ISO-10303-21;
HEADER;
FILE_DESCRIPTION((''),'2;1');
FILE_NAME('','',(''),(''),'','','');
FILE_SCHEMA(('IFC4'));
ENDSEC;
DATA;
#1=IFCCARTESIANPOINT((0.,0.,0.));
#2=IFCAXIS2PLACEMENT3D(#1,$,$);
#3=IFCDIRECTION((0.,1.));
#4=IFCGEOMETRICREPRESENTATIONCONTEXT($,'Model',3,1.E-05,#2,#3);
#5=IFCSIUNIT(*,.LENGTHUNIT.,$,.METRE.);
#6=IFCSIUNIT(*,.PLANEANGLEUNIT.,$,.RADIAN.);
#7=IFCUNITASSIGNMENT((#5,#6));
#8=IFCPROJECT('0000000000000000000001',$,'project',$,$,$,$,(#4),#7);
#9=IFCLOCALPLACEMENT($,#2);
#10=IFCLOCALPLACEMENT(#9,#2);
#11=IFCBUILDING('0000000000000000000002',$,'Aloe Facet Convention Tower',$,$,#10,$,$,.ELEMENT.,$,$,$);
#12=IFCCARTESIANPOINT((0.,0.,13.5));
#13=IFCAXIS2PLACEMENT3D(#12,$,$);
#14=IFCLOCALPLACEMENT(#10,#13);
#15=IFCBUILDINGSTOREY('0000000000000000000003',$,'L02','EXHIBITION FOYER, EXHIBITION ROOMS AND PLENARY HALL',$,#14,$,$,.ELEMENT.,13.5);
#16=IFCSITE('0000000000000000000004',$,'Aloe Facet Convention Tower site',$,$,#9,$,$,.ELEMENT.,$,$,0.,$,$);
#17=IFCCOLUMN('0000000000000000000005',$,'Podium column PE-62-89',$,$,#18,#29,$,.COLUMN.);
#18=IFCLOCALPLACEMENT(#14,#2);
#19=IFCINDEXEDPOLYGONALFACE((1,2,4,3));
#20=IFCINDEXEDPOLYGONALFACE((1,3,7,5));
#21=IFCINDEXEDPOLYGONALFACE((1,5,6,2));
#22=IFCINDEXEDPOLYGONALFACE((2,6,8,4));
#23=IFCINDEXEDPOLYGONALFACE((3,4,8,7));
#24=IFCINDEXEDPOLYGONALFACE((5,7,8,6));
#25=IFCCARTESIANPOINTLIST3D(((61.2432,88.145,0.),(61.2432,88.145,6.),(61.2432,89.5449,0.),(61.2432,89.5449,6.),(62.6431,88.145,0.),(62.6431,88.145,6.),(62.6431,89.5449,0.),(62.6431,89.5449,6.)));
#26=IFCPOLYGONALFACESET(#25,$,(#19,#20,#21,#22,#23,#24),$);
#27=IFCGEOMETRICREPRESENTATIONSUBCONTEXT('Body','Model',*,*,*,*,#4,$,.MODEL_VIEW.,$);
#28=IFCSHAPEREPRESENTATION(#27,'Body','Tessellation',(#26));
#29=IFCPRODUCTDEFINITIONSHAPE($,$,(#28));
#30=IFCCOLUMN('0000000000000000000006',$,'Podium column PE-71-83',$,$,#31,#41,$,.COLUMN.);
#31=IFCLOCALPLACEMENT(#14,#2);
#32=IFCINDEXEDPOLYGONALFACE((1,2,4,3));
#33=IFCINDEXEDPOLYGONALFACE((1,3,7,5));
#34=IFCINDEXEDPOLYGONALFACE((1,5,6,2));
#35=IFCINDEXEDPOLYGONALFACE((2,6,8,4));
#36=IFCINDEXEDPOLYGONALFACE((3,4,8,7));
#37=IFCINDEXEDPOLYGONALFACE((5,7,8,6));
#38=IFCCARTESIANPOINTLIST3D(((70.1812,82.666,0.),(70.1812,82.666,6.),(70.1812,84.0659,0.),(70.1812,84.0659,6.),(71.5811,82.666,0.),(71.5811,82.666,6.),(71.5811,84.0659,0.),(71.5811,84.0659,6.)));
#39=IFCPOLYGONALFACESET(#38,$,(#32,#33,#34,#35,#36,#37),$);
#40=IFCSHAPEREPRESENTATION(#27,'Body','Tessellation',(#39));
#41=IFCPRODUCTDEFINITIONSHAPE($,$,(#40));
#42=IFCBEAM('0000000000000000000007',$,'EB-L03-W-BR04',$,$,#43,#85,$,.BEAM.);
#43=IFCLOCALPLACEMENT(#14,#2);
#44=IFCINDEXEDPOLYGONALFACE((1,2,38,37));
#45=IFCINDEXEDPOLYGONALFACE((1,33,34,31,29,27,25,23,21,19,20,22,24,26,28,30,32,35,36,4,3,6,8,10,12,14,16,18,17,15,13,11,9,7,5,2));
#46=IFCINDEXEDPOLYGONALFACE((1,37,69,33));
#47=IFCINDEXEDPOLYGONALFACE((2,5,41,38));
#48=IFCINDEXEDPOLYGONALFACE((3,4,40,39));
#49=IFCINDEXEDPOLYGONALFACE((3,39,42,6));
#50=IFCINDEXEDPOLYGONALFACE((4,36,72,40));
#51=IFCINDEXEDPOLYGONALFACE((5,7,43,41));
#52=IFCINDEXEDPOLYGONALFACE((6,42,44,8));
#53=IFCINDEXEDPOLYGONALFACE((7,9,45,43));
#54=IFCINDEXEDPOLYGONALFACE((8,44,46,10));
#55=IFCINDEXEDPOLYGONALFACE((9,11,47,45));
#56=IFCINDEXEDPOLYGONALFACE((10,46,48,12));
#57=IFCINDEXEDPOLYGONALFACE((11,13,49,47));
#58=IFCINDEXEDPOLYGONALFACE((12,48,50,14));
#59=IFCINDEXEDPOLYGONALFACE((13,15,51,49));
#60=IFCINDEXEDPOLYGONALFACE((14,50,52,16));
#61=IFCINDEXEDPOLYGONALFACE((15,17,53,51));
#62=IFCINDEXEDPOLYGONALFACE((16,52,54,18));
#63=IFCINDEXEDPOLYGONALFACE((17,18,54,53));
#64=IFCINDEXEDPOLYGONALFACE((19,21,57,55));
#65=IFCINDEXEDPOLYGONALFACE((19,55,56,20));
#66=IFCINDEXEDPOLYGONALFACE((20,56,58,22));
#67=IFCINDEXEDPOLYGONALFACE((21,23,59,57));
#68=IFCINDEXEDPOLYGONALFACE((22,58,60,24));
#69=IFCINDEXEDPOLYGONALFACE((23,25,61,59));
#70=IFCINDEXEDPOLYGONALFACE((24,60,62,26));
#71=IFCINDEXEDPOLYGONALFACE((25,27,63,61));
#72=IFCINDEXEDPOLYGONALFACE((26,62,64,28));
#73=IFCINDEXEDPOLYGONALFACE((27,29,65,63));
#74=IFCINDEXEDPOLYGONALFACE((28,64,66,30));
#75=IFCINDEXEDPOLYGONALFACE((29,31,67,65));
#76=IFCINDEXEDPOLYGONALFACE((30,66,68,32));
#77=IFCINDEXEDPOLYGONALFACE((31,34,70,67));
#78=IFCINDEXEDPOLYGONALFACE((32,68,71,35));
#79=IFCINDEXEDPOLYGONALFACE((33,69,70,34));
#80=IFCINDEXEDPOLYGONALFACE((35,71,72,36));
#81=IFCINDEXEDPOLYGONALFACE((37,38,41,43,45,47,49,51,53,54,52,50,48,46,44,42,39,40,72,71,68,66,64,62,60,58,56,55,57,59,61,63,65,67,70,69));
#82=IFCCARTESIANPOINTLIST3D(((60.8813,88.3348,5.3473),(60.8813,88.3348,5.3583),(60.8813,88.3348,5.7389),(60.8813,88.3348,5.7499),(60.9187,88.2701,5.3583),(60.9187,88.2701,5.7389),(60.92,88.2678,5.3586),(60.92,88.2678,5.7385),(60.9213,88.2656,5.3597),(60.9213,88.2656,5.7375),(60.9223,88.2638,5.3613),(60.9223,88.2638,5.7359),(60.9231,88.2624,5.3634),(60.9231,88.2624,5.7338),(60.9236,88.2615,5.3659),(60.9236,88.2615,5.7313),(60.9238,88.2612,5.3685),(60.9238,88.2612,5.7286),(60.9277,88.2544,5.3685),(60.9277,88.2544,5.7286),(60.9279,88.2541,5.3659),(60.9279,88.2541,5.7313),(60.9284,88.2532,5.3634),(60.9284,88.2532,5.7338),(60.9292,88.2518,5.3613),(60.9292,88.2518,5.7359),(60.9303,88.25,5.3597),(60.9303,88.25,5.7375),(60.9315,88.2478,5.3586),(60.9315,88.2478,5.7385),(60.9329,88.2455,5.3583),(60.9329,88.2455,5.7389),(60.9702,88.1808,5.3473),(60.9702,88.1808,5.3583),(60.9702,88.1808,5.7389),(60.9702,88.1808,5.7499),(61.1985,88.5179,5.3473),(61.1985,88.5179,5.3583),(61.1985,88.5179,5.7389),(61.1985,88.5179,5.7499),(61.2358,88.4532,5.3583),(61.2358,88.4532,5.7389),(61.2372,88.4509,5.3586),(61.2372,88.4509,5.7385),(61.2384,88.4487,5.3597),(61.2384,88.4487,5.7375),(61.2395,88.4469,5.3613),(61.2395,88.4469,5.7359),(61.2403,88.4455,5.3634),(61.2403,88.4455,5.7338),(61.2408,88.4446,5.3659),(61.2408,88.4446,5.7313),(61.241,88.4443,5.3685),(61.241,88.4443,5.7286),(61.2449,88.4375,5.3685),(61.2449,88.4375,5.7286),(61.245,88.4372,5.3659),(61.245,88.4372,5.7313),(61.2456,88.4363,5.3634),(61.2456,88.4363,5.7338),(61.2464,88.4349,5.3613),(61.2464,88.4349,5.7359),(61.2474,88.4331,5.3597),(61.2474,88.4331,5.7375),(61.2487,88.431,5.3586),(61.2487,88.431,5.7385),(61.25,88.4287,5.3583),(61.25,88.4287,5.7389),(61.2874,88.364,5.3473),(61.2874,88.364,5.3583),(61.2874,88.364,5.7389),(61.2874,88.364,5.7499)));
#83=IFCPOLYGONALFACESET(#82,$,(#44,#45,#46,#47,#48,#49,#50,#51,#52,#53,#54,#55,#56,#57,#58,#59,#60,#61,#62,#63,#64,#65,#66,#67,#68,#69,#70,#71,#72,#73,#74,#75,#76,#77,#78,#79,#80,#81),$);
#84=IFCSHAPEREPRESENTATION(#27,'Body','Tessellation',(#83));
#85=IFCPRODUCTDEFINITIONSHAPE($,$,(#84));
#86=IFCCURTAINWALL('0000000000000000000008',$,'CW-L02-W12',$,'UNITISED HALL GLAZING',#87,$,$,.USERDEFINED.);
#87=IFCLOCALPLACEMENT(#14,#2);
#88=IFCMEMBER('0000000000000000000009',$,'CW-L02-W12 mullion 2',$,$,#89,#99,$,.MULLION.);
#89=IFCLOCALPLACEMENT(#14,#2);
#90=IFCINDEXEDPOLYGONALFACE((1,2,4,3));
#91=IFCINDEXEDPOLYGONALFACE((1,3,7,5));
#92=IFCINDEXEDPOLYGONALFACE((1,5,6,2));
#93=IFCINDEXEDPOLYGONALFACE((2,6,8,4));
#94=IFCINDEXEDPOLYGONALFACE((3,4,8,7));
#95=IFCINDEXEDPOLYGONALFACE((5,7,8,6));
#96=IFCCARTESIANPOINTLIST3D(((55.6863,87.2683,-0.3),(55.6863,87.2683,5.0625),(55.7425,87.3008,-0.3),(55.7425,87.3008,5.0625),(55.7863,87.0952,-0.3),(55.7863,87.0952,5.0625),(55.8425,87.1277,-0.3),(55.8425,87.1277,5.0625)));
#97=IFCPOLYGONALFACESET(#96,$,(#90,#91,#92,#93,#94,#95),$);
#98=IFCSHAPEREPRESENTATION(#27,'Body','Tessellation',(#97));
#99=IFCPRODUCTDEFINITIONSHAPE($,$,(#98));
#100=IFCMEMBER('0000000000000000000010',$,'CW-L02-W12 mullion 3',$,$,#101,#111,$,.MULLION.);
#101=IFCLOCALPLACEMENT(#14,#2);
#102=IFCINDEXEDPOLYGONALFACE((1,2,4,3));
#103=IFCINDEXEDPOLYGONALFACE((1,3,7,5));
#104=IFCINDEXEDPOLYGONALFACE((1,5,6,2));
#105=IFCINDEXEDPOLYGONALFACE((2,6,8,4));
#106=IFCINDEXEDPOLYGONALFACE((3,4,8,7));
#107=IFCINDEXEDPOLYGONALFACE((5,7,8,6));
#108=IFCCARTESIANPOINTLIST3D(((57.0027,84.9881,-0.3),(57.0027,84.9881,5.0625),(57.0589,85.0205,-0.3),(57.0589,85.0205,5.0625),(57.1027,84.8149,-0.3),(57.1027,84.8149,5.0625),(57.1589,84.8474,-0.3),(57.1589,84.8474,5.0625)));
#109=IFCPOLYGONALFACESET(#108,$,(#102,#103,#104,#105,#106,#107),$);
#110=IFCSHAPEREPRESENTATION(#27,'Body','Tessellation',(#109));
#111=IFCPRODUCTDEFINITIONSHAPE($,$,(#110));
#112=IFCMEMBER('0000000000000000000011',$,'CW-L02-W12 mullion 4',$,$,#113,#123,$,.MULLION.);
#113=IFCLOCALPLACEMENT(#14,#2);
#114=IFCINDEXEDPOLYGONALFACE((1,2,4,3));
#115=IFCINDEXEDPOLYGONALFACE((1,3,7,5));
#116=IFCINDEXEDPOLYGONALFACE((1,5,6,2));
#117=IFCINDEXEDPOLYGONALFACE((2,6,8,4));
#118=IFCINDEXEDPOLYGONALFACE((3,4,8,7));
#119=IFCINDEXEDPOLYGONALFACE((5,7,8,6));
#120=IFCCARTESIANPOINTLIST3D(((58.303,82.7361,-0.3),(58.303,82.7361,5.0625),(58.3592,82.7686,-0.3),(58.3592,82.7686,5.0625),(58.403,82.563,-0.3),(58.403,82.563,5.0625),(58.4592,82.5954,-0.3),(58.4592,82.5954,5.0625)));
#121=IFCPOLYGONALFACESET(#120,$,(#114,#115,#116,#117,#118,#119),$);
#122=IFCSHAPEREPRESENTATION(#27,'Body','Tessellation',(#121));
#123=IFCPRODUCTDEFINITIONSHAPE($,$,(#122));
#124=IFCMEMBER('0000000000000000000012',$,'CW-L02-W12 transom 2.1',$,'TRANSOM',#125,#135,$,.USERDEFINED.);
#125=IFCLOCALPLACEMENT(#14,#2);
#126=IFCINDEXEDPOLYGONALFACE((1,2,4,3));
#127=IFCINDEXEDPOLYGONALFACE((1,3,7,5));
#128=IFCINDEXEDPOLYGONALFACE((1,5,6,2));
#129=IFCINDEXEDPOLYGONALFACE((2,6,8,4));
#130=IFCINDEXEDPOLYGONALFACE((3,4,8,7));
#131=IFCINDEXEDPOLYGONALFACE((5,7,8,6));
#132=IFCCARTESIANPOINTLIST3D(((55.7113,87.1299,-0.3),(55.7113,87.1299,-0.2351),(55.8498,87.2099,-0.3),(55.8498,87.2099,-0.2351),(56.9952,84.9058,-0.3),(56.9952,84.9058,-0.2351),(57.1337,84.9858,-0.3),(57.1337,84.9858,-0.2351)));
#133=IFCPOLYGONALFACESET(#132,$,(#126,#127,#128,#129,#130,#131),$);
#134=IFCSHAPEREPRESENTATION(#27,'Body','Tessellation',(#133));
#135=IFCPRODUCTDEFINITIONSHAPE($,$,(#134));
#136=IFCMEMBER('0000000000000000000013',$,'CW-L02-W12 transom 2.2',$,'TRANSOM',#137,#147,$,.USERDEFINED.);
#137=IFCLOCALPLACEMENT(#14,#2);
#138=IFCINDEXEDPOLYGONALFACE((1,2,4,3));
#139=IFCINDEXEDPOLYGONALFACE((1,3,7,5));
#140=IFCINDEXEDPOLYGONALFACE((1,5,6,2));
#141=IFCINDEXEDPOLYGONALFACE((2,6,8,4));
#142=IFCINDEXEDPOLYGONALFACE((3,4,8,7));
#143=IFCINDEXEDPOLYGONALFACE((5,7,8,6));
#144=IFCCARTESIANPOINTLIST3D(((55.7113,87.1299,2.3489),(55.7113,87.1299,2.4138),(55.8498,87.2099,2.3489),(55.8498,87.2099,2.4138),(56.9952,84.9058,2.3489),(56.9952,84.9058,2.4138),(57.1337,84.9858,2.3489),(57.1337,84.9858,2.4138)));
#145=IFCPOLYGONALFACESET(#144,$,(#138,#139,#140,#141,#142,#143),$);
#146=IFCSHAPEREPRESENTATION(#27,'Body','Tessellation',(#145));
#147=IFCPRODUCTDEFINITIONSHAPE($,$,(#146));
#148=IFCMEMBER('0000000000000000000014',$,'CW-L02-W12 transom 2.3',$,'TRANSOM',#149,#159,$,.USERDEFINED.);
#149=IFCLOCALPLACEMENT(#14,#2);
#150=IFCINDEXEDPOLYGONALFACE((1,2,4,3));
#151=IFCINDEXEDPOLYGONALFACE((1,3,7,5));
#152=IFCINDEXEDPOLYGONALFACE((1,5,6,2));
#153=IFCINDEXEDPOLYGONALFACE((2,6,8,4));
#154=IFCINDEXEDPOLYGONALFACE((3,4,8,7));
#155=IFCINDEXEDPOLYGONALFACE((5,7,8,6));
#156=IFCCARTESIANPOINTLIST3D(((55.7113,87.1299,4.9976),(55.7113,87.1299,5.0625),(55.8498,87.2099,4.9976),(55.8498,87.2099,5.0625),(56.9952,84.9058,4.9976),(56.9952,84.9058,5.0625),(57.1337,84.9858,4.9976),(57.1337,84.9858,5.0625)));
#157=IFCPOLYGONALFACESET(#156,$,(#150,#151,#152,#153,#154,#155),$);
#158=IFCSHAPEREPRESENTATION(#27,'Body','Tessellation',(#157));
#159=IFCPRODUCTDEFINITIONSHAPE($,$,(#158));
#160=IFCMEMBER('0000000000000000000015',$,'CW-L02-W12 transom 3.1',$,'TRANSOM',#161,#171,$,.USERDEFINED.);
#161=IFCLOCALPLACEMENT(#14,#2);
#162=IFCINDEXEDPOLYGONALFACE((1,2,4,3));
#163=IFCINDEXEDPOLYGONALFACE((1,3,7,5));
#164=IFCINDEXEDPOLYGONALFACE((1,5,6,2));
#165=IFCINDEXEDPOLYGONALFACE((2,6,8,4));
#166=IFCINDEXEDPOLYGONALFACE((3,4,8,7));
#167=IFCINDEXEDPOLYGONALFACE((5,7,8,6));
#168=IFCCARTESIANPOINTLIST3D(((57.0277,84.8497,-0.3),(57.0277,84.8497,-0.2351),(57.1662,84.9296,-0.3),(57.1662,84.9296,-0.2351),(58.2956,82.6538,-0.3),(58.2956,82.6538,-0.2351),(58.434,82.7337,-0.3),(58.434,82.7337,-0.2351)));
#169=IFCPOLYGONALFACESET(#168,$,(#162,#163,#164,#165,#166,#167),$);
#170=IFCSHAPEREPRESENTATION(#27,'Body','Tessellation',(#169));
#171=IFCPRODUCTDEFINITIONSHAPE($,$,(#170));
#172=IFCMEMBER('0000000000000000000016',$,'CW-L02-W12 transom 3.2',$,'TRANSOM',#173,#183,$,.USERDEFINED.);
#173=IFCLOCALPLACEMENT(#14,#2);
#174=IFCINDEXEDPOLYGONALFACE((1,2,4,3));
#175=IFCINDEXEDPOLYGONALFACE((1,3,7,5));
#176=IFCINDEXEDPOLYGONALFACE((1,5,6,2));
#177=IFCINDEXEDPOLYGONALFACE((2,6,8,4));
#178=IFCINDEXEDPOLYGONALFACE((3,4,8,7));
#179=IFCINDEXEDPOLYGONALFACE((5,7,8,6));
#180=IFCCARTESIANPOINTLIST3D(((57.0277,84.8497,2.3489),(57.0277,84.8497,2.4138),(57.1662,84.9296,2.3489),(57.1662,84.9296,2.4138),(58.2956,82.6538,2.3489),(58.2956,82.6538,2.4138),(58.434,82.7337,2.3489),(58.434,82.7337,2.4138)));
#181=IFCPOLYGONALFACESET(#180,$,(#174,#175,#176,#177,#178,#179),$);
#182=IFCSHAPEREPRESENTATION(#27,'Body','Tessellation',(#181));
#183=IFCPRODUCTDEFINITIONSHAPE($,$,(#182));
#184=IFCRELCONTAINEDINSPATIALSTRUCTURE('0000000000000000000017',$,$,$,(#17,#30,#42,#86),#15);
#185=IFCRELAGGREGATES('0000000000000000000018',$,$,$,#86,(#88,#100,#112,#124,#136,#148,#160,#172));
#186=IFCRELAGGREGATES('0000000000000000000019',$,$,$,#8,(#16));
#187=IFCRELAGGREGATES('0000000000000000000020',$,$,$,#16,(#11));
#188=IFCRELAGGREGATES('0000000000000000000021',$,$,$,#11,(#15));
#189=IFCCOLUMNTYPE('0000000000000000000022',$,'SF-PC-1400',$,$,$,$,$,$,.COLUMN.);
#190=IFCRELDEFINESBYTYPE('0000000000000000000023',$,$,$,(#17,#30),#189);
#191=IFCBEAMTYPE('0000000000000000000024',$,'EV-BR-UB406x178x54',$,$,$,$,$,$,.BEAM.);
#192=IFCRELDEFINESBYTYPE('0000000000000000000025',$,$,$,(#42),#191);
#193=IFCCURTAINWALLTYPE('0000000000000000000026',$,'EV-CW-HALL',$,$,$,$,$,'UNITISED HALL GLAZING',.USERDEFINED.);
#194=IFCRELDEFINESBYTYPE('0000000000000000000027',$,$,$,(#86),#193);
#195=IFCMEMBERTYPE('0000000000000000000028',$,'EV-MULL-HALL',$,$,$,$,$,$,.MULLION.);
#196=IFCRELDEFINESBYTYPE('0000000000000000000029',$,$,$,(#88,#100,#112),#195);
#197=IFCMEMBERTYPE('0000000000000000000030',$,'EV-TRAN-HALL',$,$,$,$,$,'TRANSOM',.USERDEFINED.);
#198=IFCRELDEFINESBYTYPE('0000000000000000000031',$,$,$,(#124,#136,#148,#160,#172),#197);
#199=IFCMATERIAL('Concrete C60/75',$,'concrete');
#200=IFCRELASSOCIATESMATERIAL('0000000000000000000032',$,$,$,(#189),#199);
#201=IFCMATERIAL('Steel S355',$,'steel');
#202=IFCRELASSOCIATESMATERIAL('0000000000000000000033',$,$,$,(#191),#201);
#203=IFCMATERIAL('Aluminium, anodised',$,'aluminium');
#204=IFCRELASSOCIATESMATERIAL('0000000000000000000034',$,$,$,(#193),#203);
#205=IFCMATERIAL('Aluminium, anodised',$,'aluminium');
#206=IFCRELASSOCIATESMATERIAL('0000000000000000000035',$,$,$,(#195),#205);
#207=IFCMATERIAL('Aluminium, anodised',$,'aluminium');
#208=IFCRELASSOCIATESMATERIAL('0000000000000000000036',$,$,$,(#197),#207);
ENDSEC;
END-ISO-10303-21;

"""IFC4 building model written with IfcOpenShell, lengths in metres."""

from ifc_helpers import new_model, si_unit, direction, frame, origin, origin_2d, place, context, subcontext, project, spatial, rectangle, i_section, extrude, material, material_profile, profile_set, type_object, element, aggregate, save


model = new_model("IFC4")

# Units and contexts
model_context = context("Model", 3, precision=1e-05, world=origin(), true_north=direction((0.0, 1.0)))
body_context = subcontext(model_context, "Body", "Model", "MODEL_VIEW")
ifc_project = project(units=[si_unit("LENGTHUNIT", "METRE"), si_unit("PLANEANGLEUNIT", "RADIAN")], contexts=[model_context])

# Site, building, storey
site_placement = place(None, origin())
site = spatial("IfcSite", under=ifc_project, at=site_placement, Name="Aloe Facet Convention Tower site", CompositionType="ELEMENT", RefElevation=0.0)
building_placement = place(site_placement, origin())
building = spatial("IfcBuilding", under=site, at=building_placement, Name="Aloe Facet Convention Tower", CompositionType="ELEMENT")
storey_placement = place(building_placement, frame((0.0, 0.0, 13.5)))
storey = spatial("IfcBuildingStorey", under=building, at=storey_placement, Name="L02", Description="EXHIBITION FOYER, EXHIBITION ROOMS AND PLENARY HALL", CompositionType="ELEMENT", Elevation=13.5)

# Columns
ifc_material_1 = material(Name="Concrete C60/75", Category="concrete")
ifc_material_profile_1 = material_profile(ifc_material_1, rectangle(XDim=1.3999, YDim=1.3999, at=origin_2d()), Name="SF-PC-1400")
ifc_profile_set_1 = profile_set([ifc_material_profile_1], Name="Concrete C60/75")
column_type = type_object("IfcColumnType", Name="SF-PC-1400", PredefinedType="COLUMN", material=ifc_profile_set_1)
for number, where, z_axis, x_axis, name in (
    (1, (61.9431, 88.845, 0.0), (0.0, 0.0, 1.0), (1.0, 0.0, 0.0), "Podium column PE-62-89"),
    (2, (70.8811, 83.366, 0.0), (0.0, 0.0, 1.0), (1.0, 0.0, 0.0), "Podium column PE-71-83"),
):
    element("IfcColumn", number, at=place(storey_placement, frame(where, z_axis=z_axis, x_axis=x_axis)), inside=storey, type_object=column_type, Name=name, PredefinedType="COLUMN", context=body_context, shape_type="SweptSolid", body=[
        extrude(rectangle(XDim=1.3999, YDim=1.3999, at=origin_2d()), origin(), (0.0, 0.0, 1.0), 6.0),
    ])

# Beam
ifc_material_2 = material(Name="Steel S355", Category="steel")
ifc_material_profile_2 = material_profile(ifc_material_2, i_section(OverallWidth=0.1777, OverallDepth=0.4026, WebThickness=0.0078, FlangeThickness=0.011, FilletRadius=0.0103, at=origin_2d()), Name="UB 406x178x54")
ifc_profile_set_2 = profile_set([ifc_material_profile_2], Name="Steel S355")
beam_type_1 = type_object("IfcBeamType", Name="EV-BR-UB406x178x54", PredefinedType="BEAM", material=ifc_profile_set_2)
beam_1_placement = place(storey_placement, frame((61.2429, 88.4409, 5.5486), z_axis=(-0.866019, -0.500011, 0.0), x_axis=(0.500011, -0.866019, 0.0)))
element("IfcBeam", 3, at=beam_1_placement, inside=storey, type_object=beam_type_1, Name="EB-L03-W-BR04", PredefinedType="BEAM", context=body_context, shape_type="SweptSolid", body=[
    extrude(i_section(OverallWidth=0.1777, OverallDepth=0.4026, WebThickness=0.0078, FlangeThickness=0.011, FilletRadius=0.0103, at=origin_2d()), origin(), (0.0, 0.0, 1.0), 0.3662),
])

# Curtain wall, members
ifc_material_3 = material(Name="Aluminium, anodised", Category="aluminium")
curtain_wall_type = type_object("IfcCurtainWallType", Name="EV-CW-HALL", ElementType="UNITISED HALL GLAZING", PredefinedType="USERDEFINED", material=ifc_material_3)
curtain_wall_placement = place(storey_placement, origin())
curtain_wall = element("IfcCurtainWall", 4, at=curtain_wall_placement, inside=storey, type_object=curtain_wall_type, Name="CW-L02-W12", ObjectType="UNITISED HALL GLAZING", PredefinedType="USERDEFINED")
ifc_material_4 = material(Name="Aluminium, anodised", Category="aluminium")
ifc_material_profile_3 = material_profile(ifc_material_4, rectangle(XDim=0.0649, YDim=0.2, at=origin_2d()), Name="AL 65x200")
ifc_profile_set_3 = profile_set([ifc_material_profile_3], Name="Aluminium, anodised")
member_type_1 = type_object("IfcMemberType", Name="EV-MULL-HALL", PredefinedType="MULLION", material=ifc_profile_set_3)
member_1_placement = place(storey_placement, frame((55.7644, 87.198, -0.3), z_axis=(0.0, 0.0, 1.0), x_axis=(0.866025, 0.5, 0.0)))
member_1 = element("IfcMember", 5, at=member_1_placement, type_object=member_type_1, Name="CW-L02-W12 mullion 2", PredefinedType="MULLION", context=body_context, shape_type="SweptSolid", body=[
    extrude(rectangle(XDim=0.0649, YDim=0.2, at=origin_2d()), origin(), (0.0, 0.0, 1.0), 5.3625),
])
member_2_placement = place(storey_placement, frame((57.0808, 84.9177, -0.3), z_axis=(0.0, 0.0, 1.0), x_axis=(0.866025, 0.5, 0.0)))
member_2 = element("IfcMember", 6, at=member_2_placement, type_object=member_type_1, Name="CW-L02-W12 mullion 3", PredefinedType="MULLION", context=body_context, shape_type="SweptSolid", body=[
    extrude(rectangle(XDim=0.0649, YDim=0.2, at=origin_2d()), origin(), (0.0, 0.0, 1.0), 5.3625),
])
member_3_placement = place(storey_placement, frame((58.3811, 82.6658, -0.3), z_axis=(0.0, 0.0, 1.0), x_axis=(0.866025, 0.5, 0.0)))
member_3 = element("IfcMember", 7, at=member_3_placement, type_object=member_type_1, Name="CW-L02-W12 mullion 4", PredefinedType="MULLION", context=body_context, shape_type="SweptSolid", body=[
    extrude(rectangle(XDim=0.0649, YDim=0.2, at=origin_2d()), origin(), (0.0, 0.0, 1.0), 5.3625),
])
ifc_material_5 = material(Name="Aluminium, anodised", Category="aluminium")
ifc_material_profile_4 = material_profile(ifc_material_5, rectangle(XDim=0.1599, YDim=0.0649, at=origin_2d()), Name="AL 160x65")
ifc_profile_set_4 = profile_set([ifc_material_profile_4], Name="Aluminium, anodised")
member_type_2 = type_object("IfcMemberType", Name="EV-TRAN-HALL", ElementType="TRANSOM", PredefinedType="USERDEFINED", material=ifc_profile_set_4)
member_4_placement = place(storey_placement, frame((55.7805, 87.1699, -0.2676), z_axis=(0.499953, -0.866053, 0.0), x_axis=(0.866053, 0.499953, 0.0)))
member_4 = element("IfcMember", 8, at=member_4_placement, type_object=member_type_2, Name="CW-L02-W12 transom 2.1", ObjectType="TRANSOM", PredefinedType="USERDEFINED", context=body_context, shape_type="SweptSolid", body=[
    extrude(rectangle(XDim=0.1599, YDim=0.0649, at=origin_2d()), origin(), (0.0, 0.0, 1.0), 2.5681),
])
member_5_placement = place(storey_placement, frame((55.7805, 87.1699, 2.3813), z_axis=(0.499953, -0.866053, 0.0), x_axis=(0.866053, 0.499953, 0.0)))
member_5 = element("IfcMember", 9, at=member_5_placement, type_object=member_type_2, Name="CW-L02-W12 transom 2.2", ObjectType="TRANSOM", PredefinedType="USERDEFINED", context=body_context, shape_type="SweptSolid", body=[
    extrude(rectangle(XDim=0.1599, YDim=0.0649, at=origin_2d()), origin(), (0.0, 0.0, 1.0), 2.5681),
])
member_6_placement = place(storey_placement, frame((55.7805, 87.1699, 5.03), z_axis=(0.499953, -0.866053, 0.0), x_axis=(0.866053, 0.499953, 0.0)))
member_6 = element("IfcMember", 10, at=member_6_placement, type_object=member_type_2, Name="CW-L02-W12 transom 2.3", ObjectType="TRANSOM", PredefinedType="USERDEFINED", context=body_context, shape_type="SweptSolid", body=[
    extrude(rectangle(XDim=0.1599, YDim=0.0649, at=origin_2d()), origin(), (0.0, 0.0, 1.0), 2.5681),
])
member_7_placement = place(storey_placement, frame((57.0969, 84.8896, -0.2676), z_axis=(0.500023, -0.866012, 0.0), x_axis=(0.866012, 0.500023, 0.0)))
member_7 = element("IfcMember", 11, at=member_7_placement, type_object=member_type_2, Name="CW-L02-W12 transom 3.1", ObjectType="TRANSOM", PredefinedType="USERDEFINED", context=body_context, shape_type="SweptSolid", body=[
    extrude(rectangle(XDim=0.1599, YDim=0.0649, at=origin_2d()), origin(), (0.0, 0.0, 1.0), 2.5356),
])
member_8_placement = place(storey_placement, frame((57.0969, 84.8896, 2.3813), z_axis=(0.500023, -0.866012, 0.0), x_axis=(0.866012, 0.500023, 0.0)))
member_8 = element("IfcMember", 12, at=member_8_placement, type_object=member_type_2, Name="CW-L02-W12 transom 3.2", ObjectType="TRANSOM", PredefinedType="USERDEFINED", context=body_context, shape_type="SweptSolid", body=[
    extrude(rectangle(XDim=0.1599, YDim=0.0649, at=origin_2d()), origin(), (0.0, 0.0, 1.0), 2.5356),
])

aggregate(curtain_wall, [member_1, member_2, member_3, member_4, member_5, member_6, member_7, member_8])

save(model, "model.ifc")
